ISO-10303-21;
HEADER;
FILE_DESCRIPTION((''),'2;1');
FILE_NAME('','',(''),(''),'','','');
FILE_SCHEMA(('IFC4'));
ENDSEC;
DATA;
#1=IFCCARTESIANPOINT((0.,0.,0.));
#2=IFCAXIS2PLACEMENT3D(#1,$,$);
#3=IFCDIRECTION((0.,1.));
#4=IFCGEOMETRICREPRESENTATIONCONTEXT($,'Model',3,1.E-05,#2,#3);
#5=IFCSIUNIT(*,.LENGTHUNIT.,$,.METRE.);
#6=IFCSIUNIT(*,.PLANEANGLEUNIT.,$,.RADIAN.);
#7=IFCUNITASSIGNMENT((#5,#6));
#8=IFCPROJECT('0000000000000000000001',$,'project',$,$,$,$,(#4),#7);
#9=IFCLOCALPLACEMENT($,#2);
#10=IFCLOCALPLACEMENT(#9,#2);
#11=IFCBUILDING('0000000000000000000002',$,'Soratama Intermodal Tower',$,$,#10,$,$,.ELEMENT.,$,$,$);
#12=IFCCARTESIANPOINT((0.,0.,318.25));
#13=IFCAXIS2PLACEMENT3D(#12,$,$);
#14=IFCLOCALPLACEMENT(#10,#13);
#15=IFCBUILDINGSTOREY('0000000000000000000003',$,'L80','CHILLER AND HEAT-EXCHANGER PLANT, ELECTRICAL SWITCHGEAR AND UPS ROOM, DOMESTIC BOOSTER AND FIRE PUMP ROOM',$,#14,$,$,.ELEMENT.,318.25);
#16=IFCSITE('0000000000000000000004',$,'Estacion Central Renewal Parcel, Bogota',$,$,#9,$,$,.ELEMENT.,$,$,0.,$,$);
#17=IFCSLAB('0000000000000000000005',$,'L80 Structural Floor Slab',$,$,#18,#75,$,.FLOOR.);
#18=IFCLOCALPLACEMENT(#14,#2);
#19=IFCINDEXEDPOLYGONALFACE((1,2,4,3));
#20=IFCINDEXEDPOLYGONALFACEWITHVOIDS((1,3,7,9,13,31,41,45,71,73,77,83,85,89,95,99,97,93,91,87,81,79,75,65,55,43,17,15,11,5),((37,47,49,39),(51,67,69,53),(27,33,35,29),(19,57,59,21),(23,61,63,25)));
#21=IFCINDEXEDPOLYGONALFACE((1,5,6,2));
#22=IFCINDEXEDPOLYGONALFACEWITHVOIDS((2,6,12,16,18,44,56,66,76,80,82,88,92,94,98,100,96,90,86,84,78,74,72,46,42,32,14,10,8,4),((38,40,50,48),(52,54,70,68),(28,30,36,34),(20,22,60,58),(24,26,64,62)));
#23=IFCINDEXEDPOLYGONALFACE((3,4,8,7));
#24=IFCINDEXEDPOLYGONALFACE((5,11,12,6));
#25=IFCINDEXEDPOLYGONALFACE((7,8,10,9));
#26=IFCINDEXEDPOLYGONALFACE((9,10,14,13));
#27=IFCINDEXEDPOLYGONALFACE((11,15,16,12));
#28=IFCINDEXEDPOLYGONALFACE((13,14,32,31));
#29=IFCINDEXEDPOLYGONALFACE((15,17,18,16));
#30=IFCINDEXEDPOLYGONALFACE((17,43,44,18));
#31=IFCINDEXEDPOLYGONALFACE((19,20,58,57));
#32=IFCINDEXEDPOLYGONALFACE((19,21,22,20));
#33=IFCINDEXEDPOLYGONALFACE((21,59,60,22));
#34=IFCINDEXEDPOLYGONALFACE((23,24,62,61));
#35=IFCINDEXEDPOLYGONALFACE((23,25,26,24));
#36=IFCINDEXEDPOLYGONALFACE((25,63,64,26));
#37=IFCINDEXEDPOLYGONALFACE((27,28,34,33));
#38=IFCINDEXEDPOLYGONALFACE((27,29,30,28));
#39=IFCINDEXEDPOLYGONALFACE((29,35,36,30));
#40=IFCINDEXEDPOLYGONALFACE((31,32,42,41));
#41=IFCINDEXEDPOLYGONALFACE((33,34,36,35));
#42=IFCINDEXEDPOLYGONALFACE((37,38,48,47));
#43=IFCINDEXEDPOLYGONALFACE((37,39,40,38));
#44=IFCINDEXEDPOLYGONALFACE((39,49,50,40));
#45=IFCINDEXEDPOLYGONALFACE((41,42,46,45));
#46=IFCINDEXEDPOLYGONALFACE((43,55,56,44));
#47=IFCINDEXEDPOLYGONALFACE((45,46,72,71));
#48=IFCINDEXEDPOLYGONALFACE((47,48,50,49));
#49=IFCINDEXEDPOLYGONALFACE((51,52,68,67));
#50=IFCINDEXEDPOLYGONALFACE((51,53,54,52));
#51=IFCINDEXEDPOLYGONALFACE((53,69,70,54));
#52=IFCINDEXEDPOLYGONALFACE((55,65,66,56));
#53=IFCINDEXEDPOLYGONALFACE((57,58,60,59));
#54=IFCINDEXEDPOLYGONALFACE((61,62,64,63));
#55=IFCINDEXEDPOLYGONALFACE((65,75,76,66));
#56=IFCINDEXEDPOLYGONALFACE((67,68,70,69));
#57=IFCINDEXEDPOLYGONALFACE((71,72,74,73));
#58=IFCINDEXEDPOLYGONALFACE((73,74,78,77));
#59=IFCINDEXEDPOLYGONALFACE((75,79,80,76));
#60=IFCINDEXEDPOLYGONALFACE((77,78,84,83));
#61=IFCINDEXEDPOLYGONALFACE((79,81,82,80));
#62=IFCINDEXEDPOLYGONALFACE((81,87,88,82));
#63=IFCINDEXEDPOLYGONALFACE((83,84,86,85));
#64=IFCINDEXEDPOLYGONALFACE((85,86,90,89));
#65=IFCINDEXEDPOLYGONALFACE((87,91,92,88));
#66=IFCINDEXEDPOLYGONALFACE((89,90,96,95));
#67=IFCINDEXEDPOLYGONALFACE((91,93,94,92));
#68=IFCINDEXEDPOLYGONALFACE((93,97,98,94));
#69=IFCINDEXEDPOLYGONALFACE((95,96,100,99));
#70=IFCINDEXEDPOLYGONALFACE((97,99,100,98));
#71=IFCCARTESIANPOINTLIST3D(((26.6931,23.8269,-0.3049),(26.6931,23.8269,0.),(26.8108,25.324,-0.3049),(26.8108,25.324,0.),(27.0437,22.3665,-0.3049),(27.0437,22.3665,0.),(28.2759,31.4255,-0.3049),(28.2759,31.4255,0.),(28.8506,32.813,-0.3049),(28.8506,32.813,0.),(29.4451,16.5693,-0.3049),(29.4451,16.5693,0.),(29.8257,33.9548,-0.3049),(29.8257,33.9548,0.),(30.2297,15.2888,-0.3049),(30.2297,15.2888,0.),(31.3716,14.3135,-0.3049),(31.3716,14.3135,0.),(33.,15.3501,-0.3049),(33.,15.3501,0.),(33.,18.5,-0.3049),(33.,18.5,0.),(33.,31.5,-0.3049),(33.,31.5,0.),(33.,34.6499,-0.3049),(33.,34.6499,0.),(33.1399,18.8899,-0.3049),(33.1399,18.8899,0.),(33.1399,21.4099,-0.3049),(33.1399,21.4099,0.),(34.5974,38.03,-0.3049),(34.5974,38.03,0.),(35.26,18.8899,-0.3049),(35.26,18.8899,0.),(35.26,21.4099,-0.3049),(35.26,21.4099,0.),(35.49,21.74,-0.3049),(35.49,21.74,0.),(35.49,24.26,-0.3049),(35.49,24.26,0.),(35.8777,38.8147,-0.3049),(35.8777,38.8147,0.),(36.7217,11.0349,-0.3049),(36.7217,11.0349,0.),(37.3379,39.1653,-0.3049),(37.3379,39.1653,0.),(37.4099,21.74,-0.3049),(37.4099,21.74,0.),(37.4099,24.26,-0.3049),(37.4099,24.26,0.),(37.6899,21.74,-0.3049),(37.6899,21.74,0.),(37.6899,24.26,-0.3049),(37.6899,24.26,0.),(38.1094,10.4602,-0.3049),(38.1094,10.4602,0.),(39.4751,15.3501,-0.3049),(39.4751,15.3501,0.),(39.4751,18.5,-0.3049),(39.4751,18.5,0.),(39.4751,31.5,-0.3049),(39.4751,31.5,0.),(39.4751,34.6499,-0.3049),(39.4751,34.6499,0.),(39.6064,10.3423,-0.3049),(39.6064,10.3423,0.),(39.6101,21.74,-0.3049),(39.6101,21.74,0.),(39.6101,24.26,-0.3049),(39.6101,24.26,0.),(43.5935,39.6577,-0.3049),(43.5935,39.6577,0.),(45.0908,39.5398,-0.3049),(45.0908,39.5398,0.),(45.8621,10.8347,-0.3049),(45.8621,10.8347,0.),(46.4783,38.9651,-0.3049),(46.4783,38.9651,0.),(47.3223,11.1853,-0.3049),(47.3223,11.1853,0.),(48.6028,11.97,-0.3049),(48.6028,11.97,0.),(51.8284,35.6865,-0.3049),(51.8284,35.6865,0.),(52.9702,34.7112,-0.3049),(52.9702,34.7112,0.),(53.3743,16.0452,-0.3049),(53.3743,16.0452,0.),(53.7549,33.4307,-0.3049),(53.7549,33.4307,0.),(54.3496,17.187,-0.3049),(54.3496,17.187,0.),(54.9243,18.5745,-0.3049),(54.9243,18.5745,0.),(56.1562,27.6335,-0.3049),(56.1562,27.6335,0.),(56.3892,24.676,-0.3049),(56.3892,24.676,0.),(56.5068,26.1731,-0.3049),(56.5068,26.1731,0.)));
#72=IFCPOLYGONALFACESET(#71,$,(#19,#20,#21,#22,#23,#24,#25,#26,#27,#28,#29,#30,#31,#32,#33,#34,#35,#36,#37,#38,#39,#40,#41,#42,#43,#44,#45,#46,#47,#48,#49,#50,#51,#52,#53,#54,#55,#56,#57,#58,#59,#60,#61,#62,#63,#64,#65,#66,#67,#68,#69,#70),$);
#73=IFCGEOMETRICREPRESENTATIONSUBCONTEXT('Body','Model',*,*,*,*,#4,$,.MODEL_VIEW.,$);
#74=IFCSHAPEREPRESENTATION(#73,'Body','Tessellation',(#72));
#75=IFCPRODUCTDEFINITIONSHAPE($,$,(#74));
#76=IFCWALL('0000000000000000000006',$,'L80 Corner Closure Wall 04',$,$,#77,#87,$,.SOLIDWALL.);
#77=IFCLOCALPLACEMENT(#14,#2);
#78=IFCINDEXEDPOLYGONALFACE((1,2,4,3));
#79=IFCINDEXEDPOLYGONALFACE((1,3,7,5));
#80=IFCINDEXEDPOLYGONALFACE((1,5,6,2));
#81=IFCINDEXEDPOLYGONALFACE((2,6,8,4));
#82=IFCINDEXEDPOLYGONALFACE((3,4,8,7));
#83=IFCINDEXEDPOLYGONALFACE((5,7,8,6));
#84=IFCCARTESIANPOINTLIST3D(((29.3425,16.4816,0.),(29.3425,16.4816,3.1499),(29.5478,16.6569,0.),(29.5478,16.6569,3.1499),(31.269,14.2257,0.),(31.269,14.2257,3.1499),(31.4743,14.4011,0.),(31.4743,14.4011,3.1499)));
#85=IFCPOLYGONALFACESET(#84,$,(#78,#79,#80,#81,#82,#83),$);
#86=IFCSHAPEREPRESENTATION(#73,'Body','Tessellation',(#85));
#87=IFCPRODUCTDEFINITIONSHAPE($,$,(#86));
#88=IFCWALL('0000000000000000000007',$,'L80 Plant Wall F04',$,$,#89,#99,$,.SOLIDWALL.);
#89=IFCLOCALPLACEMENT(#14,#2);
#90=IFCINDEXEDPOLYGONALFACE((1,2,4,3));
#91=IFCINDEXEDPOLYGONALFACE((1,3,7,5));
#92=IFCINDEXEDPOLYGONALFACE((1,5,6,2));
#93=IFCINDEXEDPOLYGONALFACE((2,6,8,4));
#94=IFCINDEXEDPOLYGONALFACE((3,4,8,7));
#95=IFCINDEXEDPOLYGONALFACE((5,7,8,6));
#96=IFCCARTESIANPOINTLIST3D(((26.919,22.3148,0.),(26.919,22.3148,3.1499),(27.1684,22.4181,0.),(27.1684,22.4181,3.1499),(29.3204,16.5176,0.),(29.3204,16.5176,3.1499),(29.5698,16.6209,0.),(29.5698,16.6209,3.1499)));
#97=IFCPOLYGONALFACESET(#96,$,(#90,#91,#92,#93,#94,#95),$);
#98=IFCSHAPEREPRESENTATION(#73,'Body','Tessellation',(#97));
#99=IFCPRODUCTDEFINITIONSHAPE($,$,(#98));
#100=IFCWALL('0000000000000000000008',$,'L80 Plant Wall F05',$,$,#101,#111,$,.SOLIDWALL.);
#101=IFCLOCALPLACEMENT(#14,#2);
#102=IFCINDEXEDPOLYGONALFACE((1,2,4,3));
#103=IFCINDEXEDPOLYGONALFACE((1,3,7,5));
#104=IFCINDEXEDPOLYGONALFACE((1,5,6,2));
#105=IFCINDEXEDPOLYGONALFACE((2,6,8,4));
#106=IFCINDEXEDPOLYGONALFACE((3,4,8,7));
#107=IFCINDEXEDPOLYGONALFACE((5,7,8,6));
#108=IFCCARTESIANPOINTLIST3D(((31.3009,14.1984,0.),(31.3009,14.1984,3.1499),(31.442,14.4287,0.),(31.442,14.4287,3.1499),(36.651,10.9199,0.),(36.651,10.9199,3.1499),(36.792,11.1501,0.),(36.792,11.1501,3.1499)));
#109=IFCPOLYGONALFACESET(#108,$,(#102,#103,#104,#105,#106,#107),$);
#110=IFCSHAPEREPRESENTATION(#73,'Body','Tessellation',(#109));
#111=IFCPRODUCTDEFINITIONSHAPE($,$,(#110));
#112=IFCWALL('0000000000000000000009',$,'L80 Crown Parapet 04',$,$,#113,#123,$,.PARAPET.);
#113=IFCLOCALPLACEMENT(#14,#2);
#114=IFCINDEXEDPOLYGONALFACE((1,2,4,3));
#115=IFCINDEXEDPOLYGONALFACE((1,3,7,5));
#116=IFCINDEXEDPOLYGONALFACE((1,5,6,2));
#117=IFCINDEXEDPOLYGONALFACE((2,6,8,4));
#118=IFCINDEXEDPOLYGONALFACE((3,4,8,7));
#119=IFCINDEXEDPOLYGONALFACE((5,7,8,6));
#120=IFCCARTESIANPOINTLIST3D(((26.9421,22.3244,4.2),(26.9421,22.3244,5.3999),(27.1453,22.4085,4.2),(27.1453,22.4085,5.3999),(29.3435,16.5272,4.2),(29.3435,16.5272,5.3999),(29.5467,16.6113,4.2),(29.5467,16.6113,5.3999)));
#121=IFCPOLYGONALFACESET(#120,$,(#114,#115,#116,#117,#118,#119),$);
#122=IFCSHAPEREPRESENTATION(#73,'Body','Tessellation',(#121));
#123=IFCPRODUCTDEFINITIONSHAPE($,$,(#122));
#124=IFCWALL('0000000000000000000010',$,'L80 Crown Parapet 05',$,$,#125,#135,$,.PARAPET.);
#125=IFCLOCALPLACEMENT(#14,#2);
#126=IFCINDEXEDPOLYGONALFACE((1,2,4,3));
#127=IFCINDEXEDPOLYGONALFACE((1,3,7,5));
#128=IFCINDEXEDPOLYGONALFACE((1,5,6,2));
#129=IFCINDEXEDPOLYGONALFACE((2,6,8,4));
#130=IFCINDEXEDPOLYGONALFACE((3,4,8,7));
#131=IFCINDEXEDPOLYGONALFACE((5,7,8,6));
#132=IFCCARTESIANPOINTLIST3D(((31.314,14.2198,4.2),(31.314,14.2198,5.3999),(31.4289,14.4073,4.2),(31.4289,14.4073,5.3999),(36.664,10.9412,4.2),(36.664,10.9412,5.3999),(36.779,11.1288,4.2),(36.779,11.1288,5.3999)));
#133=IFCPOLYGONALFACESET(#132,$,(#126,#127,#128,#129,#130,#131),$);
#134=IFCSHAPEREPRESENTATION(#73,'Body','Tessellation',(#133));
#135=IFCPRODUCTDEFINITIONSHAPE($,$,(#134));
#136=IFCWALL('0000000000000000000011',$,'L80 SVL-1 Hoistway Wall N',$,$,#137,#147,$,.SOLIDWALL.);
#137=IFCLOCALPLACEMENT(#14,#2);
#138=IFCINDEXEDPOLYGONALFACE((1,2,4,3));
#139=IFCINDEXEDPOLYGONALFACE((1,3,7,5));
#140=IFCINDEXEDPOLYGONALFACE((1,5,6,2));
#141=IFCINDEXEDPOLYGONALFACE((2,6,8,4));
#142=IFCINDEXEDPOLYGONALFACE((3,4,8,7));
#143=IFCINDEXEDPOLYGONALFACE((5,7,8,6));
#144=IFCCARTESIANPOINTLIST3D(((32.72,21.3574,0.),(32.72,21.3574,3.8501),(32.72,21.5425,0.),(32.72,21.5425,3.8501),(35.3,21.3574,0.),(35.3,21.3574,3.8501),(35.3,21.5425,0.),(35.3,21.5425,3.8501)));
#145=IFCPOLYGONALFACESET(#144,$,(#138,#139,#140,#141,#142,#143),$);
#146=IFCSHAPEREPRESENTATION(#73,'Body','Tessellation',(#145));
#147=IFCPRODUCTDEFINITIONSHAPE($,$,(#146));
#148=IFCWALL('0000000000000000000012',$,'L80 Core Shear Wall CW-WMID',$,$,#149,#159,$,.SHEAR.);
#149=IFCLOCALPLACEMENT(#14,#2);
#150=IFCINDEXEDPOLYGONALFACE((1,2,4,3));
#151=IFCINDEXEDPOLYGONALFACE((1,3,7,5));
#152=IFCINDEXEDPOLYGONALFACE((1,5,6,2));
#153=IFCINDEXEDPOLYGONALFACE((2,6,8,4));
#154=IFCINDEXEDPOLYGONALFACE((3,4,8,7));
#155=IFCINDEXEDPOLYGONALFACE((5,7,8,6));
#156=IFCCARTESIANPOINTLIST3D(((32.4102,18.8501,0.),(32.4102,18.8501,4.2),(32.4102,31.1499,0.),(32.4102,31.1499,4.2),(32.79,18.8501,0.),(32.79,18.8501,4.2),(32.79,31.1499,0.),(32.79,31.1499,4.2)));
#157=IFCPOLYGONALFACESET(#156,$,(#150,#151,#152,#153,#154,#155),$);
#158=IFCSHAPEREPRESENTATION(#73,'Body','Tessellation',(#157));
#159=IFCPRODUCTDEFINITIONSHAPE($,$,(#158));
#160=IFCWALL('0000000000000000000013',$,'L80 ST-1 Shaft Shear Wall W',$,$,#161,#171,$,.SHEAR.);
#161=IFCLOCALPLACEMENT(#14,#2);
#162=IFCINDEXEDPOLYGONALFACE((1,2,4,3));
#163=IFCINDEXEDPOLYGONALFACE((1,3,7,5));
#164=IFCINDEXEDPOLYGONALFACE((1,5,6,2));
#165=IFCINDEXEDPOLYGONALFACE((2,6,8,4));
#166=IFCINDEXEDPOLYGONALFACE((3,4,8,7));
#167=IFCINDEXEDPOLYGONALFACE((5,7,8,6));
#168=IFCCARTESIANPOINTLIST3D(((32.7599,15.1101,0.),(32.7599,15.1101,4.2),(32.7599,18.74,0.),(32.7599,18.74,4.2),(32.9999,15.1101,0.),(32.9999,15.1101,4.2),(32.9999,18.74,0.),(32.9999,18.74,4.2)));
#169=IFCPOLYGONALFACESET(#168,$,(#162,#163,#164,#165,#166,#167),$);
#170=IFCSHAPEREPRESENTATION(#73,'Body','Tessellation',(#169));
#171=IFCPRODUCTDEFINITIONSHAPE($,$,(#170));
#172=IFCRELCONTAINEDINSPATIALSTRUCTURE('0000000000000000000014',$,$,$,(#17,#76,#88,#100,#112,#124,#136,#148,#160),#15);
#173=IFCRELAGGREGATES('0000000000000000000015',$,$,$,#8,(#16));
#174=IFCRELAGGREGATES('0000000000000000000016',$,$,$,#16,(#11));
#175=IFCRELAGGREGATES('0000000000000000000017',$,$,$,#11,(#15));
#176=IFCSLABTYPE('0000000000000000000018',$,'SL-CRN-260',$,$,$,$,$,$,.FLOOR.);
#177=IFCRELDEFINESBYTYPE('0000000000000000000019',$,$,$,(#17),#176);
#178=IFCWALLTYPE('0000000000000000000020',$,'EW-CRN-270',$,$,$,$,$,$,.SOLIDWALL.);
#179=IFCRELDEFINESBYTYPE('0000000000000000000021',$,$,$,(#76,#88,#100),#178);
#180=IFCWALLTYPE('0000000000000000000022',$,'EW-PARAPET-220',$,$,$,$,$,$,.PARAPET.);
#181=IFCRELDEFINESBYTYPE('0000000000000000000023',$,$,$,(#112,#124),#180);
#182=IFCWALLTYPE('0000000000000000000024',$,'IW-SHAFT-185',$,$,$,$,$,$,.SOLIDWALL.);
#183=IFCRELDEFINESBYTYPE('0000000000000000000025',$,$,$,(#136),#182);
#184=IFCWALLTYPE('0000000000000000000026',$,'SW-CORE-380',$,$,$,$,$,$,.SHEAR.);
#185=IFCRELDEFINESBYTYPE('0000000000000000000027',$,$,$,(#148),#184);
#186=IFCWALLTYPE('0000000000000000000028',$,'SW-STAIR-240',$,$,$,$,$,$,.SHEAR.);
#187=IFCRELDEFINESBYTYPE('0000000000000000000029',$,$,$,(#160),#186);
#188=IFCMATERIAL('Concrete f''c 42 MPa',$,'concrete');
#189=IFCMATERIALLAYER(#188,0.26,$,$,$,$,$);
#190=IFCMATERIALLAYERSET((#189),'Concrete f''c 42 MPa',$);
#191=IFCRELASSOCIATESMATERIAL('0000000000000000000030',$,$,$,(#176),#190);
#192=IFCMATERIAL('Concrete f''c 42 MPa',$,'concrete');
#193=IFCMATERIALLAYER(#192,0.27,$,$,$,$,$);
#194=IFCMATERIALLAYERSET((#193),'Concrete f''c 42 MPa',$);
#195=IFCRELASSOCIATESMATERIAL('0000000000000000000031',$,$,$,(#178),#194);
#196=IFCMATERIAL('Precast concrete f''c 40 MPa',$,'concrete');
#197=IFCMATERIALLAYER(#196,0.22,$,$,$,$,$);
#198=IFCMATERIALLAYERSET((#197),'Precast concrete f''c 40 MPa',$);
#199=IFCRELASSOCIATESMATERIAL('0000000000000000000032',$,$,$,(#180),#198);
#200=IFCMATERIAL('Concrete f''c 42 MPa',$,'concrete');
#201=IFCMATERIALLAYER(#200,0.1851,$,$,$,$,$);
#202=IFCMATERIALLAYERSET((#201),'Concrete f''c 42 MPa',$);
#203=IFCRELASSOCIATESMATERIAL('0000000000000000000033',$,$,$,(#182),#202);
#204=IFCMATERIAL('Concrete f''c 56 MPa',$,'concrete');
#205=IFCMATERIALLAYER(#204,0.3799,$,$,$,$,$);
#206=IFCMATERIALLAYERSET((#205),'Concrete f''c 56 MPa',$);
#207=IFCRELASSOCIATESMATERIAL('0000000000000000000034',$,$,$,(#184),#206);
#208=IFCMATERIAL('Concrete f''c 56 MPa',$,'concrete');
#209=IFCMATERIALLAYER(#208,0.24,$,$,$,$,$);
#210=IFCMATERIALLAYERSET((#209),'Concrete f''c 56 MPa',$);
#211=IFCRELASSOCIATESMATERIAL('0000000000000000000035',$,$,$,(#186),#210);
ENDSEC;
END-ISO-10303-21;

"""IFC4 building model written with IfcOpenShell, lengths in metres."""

from ifc_helpers import new_model, si_unit, direction, frame, frame_2d, origin, place, context, subcontext, project, spatial, polyline, rectangle, outline, extrude, material, layer, layer_set, type_object, element, save


model = new_model("IFC4")

# Units and contexts
model_context = context("Model", 3, precision=1e-05, world=origin(), true_north=direction((0.0, 1.0)))
body_context = subcontext(model_context, "Body", "Model", "MODEL_VIEW")
ifc_project = project(units=[si_unit("LENGTHUNIT", "METRE"), si_unit("PLANEANGLEUNIT", "RADIAN")], contexts=[model_context])

# Site, building, storey
site_placement = place(None, origin())
site = spatial("IfcSite", under=ifc_project, at=site_placement, Name="Estacion Central Renewal Parcel, Bogota", CompositionType="ELEMENT", RefElevation=0.0)
building_placement = place(site_placement, origin())
building = spatial("IfcBuilding", under=site, at=building_placement, Name="Soratama Intermodal Tower", CompositionType="ELEMENT")
storey_placement = place(building_placement, frame((0.0, 0.0, 318.25)))
storey = spatial("IfcBuildingStorey", under=building, at=storey_placement, Name="L80", Description="CHILLER AND HEAT-EXCHANGER PLANT, ELECTRICAL SWITCHGEAR AND UPS ROOM, DOMESTIC BOOSTER AND FIRE PUMP ROOM", CompositionType="ELEMENT", Elevation=318.25)

# Slab
ifc_material_1 = material(Name="Concrete f'c 42 MPa", Category="concrete")
ifc_layer_1 = layer(ifc_material_1, 0.26)
ifc_layer_set_1 = layer_set([ifc_layer_1], Name="Concrete f'c 42 MPa")
slab_type = type_object("IfcSlabType", Name="SL-CRN-260", PredefinedType="FLOOR", material=ifc_layer_set_1)
slab_placement = place(storey_placement, frame((0.0, 0.0, -0.3049)))
element("IfcSlab", 1, at=slab_placement, inside=storey, type_object=slab_type, Name="L80 Structural Floor Slab", PredefinedType="FLOOR", context=body_context, shape_type="SweptSolid", body=[
    extrude(outline(polyline([(46.4783, 38.9651), (45.0908, 39.5398), (43.5935, 39.6577), (37.3379, 39.1653), (35.8777, 38.8147), (34.5974, 38.03), (29.8257, 33.9548), (28.8506, 32.813), (28.2759, 31.4255), (26.8108, 25.324), (26.6931, 23.8269), (27.0437, 22.3665), (29.4451, 16.5693), (30.2297, 15.2888), (31.3716, 14.3135), (36.7217, 11.0349), (38.1094, 10.4602), (39.6064, 10.3423), (45.8621, 10.8347), (47.3223, 11.1853), (48.6028, 11.97), (53.3743, 16.0452), (54.3496, 17.187), (54.9243, 18.5745), (56.3892, 24.676), (56.5068, 26.1731), (56.1562, 27.6335), (53.7549, 33.4307), (52.9702, 34.7112), (51.8284, 35.6865), (46.4783, 38.9651)]), holes=[polyline([(33.0, 15.3501), (39.4751, 15.3501), (39.4751, 18.5), (33.0, 18.5), (33.0, 15.3501)]), polyline([(33.1399, 21.4099), (33.1399, 18.8899), (35.26, 18.8899), (35.26, 21.4099), (33.1399, 21.4099)]), polyline([(35.49, 24.26), (35.49, 21.74), (37.4099, 21.74), (37.4099, 24.26), (35.49, 24.26)]), polyline([(39.6101, 24.26), (37.6899, 24.26), (37.6899, 21.74), (39.6101, 21.74), (39.6101, 24.26)]), polyline([(33.0, 34.6499), (33.0, 31.5), (39.4751, 31.5), (39.4751, 34.6499), (33.0, 34.6499)])]), origin(), (0.0, 0.0, 1.0), 0.3049),
])

# Walls
ifc_material_2 = material(Name="Concrete f'c 42 MPa", Category="concrete")
ifc_layer_2 = layer(ifc_material_2, 0.27)
ifc_layer_set_2 = layer_set([ifc_layer_2], Name="Concrete f'c 42 MPa")
wall_type_1 = type_object("IfcWallType", Name="EW-CRN-270", PredefinedType="SOLIDWALL", material=ifc_layer_set_2)
wall_1_placement = place(storey_placement, frame((29.4451, 16.5693, 0.0), z_axis=(0.0, 0.0, 1.0), x_axis=(0.649414, -0.760435, 0.0)))
element("IfcWall", 2, at=wall_1_placement, inside=storey, type_object=wall_type_1, Name="L80 Corner Closure Wall 04", PredefinedType="SOLIDWALL", context=body_context, shape_type="SweptSolid", body=[
    extrude(rectangle(XDim=2.9666, YDim=0.27, at=frame_2d((1.4834, 0.0))), origin(), (0.0, 0.0, 1.0), 3.1499),
])
wall_2_placement = place(storey_placement, frame((27.0437, 22.3665, 0.0), z_axis=(0.0, 0.0, 1.0), x_axis=(0.3827, -0.923873, 0.0)))
element("IfcWall", 3, at=wall_2_placement, inside=storey, type_object=wall_type_1, Name="L80 Plant Wall F04", PredefinedType="SOLIDWALL", context=body_context, shape_type="SweptSolid", body=[
    extrude(rectangle(XDim=6.2749, YDim=0.27, at=frame_2d((3.1375, 0.0))), origin(), (0.0, 0.0, 1.0), 3.1499),
])
wall_3_placement = place(storey_placement, frame((31.3716, 14.3135, 0.0), z_axis=(0.0, 0.0, 1.0), x_axis=(0.852639, -0.522501, 0.0)))
element("IfcWall", 4, at=wall_3_placement, inside=storey, type_object=wall_type_1, Name="L80 Plant Wall F05", PredefinedType="SOLIDWALL", context=body_context, shape_type="SweptSolid", body=[
    extrude(rectangle(XDim=6.2747, YDim=0.27, at=frame_2d((3.1372, 0.0))), origin(), (0.0, 0.0, 1.0), 3.1499),
])
ifc_material_3 = material(Name="Precast concrete f'c 40 MPa", Category="concrete")
ifc_layer_3 = layer(ifc_material_3, 0.22)
ifc_layer_set_3 = layer_set([ifc_layer_3], Name="Precast concrete f'c 40 MPa")
wall_type_2 = type_object("IfcWallType", Name="EW-PARAPET-220", PredefinedType="PARAPET", material=ifc_layer_set_3)
wall_4_placement = place(storey_placement, frame((27.0437, 22.3665, 4.2), z_axis=(0.0, 0.0, 1.0), x_axis=(0.3827, -0.923873, 0.0)))
element("IfcWall", 5, at=wall_4_placement, inside=storey, type_object=wall_type_2, Name="L80 Crown Parapet 04", PredefinedType="PARAPET", context=body_context, shape_type="SweptSolid", body=[
    extrude(rectangle(XDim=6.2749, YDim=0.22, at=frame_2d((3.1375, 0.0))), origin(), (0.0, 0.0, 1.0), 1.2),
])
wall_5_placement = place(storey_placement, frame((31.3716, 14.3135, 4.2), z_axis=(0.0, 0.0, 1.0), x_axis=(0.852639, -0.522501, 0.0)))
element("IfcWall", 6, at=wall_5_placement, inside=storey, type_object=wall_type_2, Name="L80 Crown Parapet 05", PredefinedType="PARAPET", context=body_context, shape_type="SweptSolid", body=[
    extrude(rectangle(XDim=6.2747, YDim=0.22, at=frame_2d((3.1372, 0.0))), origin(), (0.0, 0.0, 1.0), 1.2),
])
ifc_material_4 = material(Name="Concrete f'c 42 MPa", Category="concrete")
ifc_layer_4 = layer(ifc_material_4, 0.1851)
ifc_layer_set_4 = layer_set([ifc_layer_4], Name="Concrete f'c 42 MPa")
wall_type_3 = type_object("IfcWallType", Name="IW-SHAFT-185", PredefinedType="SOLIDWALL", material=ifc_layer_set_4)
wall_6_placement = place(storey_placement, frame((32.72, 21.45, 0.0), z_axis=(0.0, 0.0, 1.0), x_axis=(1.0, 0.0, 0.0)))
element("IfcWall", 7, at=wall_6_placement, inside=storey, type_object=wall_type_3, Name="L80 SVL-1 Hoistway Wall N", PredefinedType="SOLIDWALL", context=body_context, shape_type="SweptSolid", body=[
    extrude(rectangle(XDim=2.5801, YDim=0.1851, at=frame_2d((1.29, 0.0))), origin(), (0.0, 0.0, 1.0), 3.8501),
])
ifc_material_5 = material(Name="Concrete f'c 56 MPa", Category="concrete")
ifc_layer_5 = layer(ifc_material_5, 0.3799)
ifc_layer_set_5 = layer_set([ifc_layer_5], Name="Concrete f'c 56 MPa")
wall_type_4 = type_object("IfcWallType", Name="SW-CORE-380", PredefinedType="SHEAR", material=ifc_layer_set_5)
wall_7_placement = place(storey_placement, frame((32.6001, 18.8501, 0.0), z_axis=(0.0, 0.0, 1.0), x_axis=(0.0, 1.0, 0.0)))
element("IfcWall", 8, at=wall_7_placement, inside=storey, type_object=wall_type_4, Name="L80 Core Shear Wall CW-WMID", PredefinedType="SHEAR", context=body_context, shape_type="SweptSolid", body=[
    extrude(rectangle(XDim=12.2998, YDim=0.3799, at=frame_2d((6.1499, 0.0))), origin(), (0.0, 0.0, 1.0), 4.2),
])
ifc_material_6 = material(Name="Concrete f'c 56 MPa", Category="concrete")
ifc_layer_6 = layer(ifc_material_6, 0.24)
ifc_layer_set_6 = layer_set([ifc_layer_6], Name="Concrete f'c 56 MPa")
wall_type_5 = type_object("IfcWallType", Name="SW-STAIR-240", PredefinedType="SHEAR", material=ifc_layer_set_6)
wall_8_placement = place(storey_placement, frame((32.8799, 15.1101, 0.0), z_axis=(0.0, 0.0, 1.0), x_axis=(0.0, 1.0, 0.0)))
element("IfcWall", 9, at=wall_8_placement, inside=storey, type_object=wall_type_5, Name="L80 ST-1 Shaft Shear Wall W", PredefinedType="SHEAR", context=body_context, shape_type="SweptSolid", body=[
    extrude(rectangle(XDim=3.6299, YDim=0.24, at=frame_2d((1.8149, 0.0))), origin(), (0.0, 0.0, 1.0), 4.2),
])

save(model, "model.ifc")
